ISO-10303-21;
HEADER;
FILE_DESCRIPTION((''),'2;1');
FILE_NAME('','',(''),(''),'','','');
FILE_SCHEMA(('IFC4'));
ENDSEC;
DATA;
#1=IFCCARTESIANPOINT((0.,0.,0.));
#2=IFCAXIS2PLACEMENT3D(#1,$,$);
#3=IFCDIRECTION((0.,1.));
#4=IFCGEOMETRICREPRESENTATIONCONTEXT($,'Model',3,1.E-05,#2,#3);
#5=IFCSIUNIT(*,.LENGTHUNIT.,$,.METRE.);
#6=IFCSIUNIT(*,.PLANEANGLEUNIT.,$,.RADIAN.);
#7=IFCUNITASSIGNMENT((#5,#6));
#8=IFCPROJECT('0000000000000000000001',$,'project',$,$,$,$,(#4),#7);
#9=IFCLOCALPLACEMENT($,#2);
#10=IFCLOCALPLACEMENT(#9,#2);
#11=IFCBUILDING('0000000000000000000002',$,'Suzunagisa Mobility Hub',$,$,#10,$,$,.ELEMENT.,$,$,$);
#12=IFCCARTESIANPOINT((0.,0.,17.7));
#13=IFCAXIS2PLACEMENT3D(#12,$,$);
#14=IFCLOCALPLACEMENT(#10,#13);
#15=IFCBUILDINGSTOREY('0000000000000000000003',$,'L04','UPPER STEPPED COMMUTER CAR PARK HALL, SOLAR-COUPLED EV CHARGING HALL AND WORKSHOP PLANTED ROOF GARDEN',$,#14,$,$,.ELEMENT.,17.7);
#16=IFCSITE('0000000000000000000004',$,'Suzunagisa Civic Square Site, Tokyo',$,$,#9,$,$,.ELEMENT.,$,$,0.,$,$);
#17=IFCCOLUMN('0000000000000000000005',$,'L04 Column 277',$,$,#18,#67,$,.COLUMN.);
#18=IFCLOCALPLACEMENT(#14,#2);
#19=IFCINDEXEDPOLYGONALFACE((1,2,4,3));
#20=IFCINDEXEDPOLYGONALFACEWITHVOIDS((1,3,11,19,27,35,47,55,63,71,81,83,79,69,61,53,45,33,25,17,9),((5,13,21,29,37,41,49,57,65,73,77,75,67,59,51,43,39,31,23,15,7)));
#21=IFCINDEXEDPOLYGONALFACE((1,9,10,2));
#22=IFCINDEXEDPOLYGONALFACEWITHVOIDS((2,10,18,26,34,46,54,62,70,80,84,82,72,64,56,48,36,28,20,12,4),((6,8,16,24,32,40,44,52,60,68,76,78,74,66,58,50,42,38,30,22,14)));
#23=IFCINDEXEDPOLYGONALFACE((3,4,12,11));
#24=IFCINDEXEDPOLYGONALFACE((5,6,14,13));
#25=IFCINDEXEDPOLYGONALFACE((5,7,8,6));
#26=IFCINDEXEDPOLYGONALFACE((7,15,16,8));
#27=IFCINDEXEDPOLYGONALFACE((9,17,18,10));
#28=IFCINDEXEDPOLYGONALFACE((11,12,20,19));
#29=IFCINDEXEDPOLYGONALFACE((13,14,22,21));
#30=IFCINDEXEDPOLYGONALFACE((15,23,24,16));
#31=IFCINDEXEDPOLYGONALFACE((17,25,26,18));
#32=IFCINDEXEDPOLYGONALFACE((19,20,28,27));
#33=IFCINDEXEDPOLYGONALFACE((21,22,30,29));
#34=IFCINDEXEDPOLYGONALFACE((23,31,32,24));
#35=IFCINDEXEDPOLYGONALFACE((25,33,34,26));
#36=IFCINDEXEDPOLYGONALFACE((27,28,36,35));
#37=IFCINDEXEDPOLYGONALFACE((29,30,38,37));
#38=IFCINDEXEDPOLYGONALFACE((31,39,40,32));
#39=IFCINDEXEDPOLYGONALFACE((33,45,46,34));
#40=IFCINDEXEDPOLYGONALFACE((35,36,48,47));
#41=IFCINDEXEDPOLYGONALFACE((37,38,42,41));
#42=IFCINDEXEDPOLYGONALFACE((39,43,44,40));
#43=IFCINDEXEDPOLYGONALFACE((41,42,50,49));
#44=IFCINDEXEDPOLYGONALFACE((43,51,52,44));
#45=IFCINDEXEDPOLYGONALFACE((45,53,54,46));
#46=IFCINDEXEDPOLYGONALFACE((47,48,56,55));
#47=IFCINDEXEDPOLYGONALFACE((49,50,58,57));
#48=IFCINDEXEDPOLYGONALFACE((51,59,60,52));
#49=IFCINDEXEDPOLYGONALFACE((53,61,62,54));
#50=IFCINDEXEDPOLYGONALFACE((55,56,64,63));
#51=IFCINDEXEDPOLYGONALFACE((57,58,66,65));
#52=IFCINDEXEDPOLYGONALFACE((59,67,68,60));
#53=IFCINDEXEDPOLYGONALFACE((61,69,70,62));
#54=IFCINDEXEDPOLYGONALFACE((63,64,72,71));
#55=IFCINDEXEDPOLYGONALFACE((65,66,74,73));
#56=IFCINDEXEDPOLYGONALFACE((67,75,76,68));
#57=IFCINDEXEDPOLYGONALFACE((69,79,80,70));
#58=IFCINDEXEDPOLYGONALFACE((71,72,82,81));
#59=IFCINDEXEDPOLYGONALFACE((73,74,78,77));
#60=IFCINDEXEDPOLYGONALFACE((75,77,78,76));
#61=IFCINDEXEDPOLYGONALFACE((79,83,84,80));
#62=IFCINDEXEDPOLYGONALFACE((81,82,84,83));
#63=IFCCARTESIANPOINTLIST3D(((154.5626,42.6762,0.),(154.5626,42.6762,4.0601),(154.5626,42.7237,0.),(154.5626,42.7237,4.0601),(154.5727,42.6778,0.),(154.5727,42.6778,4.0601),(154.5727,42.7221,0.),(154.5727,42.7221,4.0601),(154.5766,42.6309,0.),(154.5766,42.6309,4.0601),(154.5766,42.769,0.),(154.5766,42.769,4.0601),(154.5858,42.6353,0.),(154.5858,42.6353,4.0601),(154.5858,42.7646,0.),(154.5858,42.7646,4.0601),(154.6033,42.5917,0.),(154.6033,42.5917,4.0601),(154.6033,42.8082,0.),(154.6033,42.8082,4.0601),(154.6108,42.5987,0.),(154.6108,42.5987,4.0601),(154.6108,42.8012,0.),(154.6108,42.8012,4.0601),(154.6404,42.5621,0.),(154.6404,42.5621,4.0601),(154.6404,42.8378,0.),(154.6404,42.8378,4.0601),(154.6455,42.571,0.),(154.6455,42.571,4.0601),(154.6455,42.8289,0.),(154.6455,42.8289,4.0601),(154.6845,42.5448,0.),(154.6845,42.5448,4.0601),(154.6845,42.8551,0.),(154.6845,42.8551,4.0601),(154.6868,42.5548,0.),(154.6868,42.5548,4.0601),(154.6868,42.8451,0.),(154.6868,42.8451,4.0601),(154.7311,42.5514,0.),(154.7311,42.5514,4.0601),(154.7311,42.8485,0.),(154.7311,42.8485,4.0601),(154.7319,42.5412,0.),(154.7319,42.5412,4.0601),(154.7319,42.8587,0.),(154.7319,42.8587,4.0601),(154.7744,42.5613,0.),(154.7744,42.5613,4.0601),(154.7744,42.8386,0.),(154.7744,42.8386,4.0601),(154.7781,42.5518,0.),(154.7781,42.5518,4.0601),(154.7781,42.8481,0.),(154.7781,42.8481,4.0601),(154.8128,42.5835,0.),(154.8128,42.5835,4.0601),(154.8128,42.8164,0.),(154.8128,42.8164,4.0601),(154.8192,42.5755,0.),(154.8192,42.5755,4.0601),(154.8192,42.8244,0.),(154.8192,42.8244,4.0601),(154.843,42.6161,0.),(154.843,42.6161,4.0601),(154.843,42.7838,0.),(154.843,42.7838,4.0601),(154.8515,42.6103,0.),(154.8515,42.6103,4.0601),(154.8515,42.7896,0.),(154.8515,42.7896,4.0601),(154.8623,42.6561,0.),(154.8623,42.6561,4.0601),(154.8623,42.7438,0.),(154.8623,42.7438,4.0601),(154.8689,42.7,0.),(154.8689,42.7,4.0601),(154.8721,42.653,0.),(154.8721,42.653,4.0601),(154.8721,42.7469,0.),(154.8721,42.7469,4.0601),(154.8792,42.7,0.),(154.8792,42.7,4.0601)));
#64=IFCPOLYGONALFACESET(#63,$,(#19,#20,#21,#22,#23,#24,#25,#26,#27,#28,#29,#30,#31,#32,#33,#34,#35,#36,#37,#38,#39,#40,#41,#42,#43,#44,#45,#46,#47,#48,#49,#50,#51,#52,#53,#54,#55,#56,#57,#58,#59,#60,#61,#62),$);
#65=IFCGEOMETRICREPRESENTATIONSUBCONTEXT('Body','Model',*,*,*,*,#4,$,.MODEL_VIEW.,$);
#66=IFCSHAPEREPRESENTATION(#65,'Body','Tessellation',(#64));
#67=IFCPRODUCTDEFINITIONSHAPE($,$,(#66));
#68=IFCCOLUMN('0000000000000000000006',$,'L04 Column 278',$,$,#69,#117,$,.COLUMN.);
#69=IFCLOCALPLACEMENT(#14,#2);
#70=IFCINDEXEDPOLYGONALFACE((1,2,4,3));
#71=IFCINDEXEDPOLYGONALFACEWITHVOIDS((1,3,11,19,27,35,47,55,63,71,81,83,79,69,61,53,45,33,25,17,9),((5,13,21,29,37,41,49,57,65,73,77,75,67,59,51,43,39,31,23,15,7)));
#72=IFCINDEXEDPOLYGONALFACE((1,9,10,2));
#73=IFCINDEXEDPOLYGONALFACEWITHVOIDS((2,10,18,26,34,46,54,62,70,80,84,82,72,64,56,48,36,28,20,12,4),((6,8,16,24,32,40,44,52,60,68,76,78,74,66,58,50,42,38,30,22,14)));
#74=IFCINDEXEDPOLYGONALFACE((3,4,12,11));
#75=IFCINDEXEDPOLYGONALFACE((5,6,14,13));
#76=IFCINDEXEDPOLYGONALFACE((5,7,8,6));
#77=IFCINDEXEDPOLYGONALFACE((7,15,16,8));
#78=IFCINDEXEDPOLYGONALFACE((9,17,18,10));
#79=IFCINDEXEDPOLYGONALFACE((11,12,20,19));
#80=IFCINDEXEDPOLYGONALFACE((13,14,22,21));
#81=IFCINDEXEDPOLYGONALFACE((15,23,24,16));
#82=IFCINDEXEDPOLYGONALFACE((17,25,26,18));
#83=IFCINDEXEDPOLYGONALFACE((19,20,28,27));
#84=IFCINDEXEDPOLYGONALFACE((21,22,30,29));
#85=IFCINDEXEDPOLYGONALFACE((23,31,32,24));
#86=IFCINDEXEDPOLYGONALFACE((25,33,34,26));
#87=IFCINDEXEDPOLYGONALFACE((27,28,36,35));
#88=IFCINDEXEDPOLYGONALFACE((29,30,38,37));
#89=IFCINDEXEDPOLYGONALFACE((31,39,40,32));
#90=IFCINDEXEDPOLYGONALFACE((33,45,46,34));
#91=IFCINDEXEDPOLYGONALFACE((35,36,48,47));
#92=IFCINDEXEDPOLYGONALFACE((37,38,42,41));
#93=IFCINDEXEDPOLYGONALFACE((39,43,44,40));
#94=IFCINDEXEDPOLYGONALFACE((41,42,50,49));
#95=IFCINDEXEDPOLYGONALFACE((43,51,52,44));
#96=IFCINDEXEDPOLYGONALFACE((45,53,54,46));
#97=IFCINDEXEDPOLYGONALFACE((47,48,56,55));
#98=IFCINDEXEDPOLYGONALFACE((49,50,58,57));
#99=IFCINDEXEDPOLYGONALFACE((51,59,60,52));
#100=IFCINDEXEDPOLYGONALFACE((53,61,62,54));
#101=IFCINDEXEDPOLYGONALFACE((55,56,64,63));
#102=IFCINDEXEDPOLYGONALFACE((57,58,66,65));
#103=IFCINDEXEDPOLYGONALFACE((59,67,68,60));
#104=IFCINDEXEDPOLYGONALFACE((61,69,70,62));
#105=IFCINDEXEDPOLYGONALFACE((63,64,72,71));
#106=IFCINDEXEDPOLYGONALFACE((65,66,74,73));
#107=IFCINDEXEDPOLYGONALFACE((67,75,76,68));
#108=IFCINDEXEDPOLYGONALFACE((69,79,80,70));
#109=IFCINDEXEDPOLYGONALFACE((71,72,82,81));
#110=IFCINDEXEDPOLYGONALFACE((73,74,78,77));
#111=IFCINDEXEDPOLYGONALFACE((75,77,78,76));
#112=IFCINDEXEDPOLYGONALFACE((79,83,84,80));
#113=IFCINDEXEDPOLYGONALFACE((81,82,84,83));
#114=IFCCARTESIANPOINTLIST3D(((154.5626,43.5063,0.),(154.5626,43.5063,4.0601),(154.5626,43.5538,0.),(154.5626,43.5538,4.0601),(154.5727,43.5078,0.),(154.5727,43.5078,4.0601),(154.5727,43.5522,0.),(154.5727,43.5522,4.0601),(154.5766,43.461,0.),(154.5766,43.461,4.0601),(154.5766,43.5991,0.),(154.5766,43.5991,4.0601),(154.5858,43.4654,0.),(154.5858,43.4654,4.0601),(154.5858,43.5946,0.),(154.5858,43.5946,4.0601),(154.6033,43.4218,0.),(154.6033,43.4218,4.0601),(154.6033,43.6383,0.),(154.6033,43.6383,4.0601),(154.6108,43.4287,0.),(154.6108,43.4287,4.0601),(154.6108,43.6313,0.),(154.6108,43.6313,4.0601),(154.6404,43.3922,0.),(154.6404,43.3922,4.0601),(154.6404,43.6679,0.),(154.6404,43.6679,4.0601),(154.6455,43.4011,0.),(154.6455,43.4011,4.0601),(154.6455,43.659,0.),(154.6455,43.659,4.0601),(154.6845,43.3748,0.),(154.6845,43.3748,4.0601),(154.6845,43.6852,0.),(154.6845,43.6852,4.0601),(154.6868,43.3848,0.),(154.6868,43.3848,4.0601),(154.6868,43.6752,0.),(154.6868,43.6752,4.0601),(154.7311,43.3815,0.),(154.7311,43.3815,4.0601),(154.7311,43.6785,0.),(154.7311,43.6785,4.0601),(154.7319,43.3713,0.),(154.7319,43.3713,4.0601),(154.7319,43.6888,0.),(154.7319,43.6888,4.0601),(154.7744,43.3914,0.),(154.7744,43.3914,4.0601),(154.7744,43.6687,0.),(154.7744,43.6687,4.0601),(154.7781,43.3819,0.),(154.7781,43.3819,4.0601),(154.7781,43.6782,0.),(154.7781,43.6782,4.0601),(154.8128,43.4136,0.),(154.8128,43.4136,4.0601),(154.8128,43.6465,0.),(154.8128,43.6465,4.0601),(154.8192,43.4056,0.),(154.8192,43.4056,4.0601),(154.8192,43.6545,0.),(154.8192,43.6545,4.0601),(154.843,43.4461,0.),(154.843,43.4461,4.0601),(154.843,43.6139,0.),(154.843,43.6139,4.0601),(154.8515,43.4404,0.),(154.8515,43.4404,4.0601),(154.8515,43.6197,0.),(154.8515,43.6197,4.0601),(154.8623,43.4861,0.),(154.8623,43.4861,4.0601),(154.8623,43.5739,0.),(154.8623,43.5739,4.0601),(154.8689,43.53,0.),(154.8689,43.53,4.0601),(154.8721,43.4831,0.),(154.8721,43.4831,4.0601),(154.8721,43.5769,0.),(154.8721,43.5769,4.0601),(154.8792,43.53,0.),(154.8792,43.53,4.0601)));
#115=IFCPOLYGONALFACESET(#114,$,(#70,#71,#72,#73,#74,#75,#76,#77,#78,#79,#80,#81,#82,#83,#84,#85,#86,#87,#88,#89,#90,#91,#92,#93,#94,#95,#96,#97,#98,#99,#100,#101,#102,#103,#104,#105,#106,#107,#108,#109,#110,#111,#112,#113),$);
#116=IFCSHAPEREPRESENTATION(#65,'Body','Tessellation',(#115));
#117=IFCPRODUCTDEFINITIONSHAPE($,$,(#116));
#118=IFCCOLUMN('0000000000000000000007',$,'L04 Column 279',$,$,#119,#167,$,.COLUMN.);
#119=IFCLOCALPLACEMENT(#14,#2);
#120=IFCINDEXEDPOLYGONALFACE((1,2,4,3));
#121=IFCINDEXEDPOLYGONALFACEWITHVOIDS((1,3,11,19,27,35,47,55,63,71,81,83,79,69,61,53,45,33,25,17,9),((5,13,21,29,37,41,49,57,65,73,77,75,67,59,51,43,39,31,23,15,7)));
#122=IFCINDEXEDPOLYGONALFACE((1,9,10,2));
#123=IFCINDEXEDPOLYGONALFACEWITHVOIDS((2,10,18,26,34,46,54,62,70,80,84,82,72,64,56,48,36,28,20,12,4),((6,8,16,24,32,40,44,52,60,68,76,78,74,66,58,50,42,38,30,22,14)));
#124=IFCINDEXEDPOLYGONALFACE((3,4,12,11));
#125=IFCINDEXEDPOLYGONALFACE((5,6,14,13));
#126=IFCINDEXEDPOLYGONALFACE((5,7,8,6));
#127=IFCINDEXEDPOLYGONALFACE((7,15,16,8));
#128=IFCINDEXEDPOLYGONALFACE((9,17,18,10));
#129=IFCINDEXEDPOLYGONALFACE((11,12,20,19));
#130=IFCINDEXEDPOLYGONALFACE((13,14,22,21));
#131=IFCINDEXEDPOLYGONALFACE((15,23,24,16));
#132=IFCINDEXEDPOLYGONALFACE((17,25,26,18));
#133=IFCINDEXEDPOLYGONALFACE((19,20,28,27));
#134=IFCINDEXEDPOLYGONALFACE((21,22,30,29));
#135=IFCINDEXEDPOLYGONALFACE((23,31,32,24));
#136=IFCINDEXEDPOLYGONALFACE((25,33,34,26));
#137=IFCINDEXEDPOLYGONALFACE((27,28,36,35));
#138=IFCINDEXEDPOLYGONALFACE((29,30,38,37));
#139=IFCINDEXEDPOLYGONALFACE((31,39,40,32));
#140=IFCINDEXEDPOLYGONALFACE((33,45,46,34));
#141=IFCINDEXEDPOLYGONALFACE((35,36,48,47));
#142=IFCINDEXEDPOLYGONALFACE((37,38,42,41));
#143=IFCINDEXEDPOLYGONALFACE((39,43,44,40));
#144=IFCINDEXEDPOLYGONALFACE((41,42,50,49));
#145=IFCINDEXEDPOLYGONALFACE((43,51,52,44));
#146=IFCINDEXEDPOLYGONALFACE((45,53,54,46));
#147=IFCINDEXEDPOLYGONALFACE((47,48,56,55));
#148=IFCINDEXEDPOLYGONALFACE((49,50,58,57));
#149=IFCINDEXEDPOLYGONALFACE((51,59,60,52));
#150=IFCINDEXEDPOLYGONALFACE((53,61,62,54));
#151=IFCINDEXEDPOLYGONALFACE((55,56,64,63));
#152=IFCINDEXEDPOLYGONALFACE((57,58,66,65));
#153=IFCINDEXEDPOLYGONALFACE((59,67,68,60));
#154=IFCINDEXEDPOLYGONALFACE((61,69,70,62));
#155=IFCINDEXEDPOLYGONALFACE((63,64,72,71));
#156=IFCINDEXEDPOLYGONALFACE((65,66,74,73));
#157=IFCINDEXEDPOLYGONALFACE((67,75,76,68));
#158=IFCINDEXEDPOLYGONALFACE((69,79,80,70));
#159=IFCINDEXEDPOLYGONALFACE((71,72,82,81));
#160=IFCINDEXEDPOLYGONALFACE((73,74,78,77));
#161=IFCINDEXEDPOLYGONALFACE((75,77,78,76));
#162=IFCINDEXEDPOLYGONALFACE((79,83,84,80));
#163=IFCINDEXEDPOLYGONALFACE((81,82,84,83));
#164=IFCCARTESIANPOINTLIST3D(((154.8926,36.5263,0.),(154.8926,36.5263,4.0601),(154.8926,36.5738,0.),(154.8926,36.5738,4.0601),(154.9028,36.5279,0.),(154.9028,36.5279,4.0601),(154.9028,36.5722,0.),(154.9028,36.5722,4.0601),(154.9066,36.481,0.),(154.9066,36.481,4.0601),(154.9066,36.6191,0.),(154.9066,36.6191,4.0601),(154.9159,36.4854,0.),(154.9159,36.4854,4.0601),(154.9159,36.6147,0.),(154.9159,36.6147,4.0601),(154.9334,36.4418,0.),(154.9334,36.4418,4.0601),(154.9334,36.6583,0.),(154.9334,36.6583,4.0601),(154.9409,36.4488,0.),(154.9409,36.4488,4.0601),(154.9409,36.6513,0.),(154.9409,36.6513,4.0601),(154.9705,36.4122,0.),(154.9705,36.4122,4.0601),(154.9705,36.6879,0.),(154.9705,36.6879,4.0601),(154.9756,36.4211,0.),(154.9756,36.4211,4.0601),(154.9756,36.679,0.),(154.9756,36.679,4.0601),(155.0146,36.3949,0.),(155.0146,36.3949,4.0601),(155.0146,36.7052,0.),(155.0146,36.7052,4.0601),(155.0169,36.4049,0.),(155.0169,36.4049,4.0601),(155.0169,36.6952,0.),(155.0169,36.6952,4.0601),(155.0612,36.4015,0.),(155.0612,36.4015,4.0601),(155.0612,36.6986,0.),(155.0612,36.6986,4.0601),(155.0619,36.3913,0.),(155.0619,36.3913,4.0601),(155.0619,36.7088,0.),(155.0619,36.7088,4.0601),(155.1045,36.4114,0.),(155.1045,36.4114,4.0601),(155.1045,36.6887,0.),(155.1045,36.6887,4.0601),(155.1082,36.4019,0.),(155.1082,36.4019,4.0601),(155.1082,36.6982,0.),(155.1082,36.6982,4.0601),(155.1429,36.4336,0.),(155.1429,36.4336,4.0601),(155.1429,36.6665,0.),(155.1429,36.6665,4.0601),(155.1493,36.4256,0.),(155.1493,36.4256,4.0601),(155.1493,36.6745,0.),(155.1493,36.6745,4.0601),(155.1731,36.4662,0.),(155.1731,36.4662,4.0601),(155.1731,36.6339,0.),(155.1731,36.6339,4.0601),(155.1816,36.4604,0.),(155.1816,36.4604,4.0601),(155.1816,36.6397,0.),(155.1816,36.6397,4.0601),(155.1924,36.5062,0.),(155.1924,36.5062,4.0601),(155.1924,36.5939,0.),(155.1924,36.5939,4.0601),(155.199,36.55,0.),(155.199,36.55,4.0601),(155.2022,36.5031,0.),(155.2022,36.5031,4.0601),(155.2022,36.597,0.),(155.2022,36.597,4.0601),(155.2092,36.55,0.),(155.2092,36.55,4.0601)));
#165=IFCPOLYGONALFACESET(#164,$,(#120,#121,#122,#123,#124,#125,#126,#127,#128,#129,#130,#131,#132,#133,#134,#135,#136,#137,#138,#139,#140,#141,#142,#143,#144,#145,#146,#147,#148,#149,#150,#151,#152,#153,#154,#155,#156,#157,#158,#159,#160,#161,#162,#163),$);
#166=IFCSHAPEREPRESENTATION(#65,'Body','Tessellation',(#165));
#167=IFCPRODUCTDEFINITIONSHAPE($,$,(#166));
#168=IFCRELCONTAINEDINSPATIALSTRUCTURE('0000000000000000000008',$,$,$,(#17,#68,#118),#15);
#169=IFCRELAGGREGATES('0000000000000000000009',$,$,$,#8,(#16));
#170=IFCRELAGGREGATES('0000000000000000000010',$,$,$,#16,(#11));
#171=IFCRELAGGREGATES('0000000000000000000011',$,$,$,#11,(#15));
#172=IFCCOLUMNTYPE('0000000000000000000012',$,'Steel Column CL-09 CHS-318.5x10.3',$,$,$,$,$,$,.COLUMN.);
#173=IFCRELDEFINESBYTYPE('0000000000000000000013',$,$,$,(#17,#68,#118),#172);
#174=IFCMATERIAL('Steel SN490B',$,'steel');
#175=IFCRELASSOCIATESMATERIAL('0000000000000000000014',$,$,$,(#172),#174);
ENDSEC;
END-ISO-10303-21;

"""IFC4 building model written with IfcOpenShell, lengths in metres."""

from ifc_helpers import new_model, si_unit, direction, frame, origin, origin_2d, place, context, subcontext, project, spatial, hollow_circle, extrude, material, material_profile, profile_set, type_object, element, save


model = new_model("IFC4")

# Units and contexts
model_context = context("Model", 3, precision=1e-05, world=origin(), true_north=direction((0.0, 1.0)))
body_context = subcontext(model_context, "Body", "Model", "MODEL_VIEW")
ifc_project = project(units=[si_unit("LENGTHUNIT", "METRE"), si_unit("PLANEANGLEUNIT", "RADIAN")], contexts=[model_context])

# Site, building, storey
site_placement = place(None, origin())
site = spatial("IfcSite", under=ifc_project, at=site_placement, Name="Suzunagisa Civic Square Site, Tokyo", CompositionType="ELEMENT", RefElevation=0.0)
building_placement = place(site_placement, origin())
building = spatial("IfcBuilding", under=site, at=building_placement, Name="Suzunagisa Mobility Hub", CompositionType="ELEMENT")
storey_placement = place(building_placement, frame((0.0, 0.0, 17.7)))
storey = spatial("IfcBuildingStorey", under=building, at=storey_placement, Name="L04", Description="UPPER STEPPED COMMUTER CAR PARK HALL, SOLAR-COUPLED EV CHARGING HALL AND WORKSHOP PLANTED ROOF GARDEN", CompositionType="ELEMENT", Elevation=17.7)

# Columns
ifc_material_1 = material(Name="Steel SN490B", Category="steel")
ifc_material_profile_1 = material_profile(ifc_material_1, hollow_circle(Radius=0.1592, WallThickness=0.0103, at=origin_2d()), Name="CHS-318.5x10.3")
ifc_profile_set_1 = profile_set([ifc_material_profile_1], Name="Steel SN490B")
column_type_1 = type_object("IfcColumnType", Name="Steel Column CL-09 CHS-318.5x10.3", PredefinedType="COLUMN", material=ifc_profile_set_1)
for number, where, z_axis, x_axis, name in (
    (1, (154.72, 42.7, 0.0), (0.0, 0.0, 1.0), (1.0, 0.0, 0.0), "L04 Column 277"),
    (2, (154.72, 43.53, 0.0), (0.0, 0.0, 1.0), (1.0, 0.0, 0.0), "L04 Column 278"),
    (3, (155.05, 36.55, 0.0), (0.0, 0.0, 1.0), (1.0, 0.0, 0.0), "L04 Column 279"),
):
    element("IfcColumn", number, at=place(storey_placement, frame(where, z_axis=z_axis, x_axis=x_axis)), inside=storey, type_object=column_type_1, Name=name, PredefinedType="COLUMN", context=body_context, shape_type="SweptSolid", body=[
        extrude(hollow_circle(Radius=0.1592, WallThickness=0.0103, at=origin_2d()), origin(), (0.0, 0.0, 1.0), 4.0601),
    ])

save(model, "model.ifc")
